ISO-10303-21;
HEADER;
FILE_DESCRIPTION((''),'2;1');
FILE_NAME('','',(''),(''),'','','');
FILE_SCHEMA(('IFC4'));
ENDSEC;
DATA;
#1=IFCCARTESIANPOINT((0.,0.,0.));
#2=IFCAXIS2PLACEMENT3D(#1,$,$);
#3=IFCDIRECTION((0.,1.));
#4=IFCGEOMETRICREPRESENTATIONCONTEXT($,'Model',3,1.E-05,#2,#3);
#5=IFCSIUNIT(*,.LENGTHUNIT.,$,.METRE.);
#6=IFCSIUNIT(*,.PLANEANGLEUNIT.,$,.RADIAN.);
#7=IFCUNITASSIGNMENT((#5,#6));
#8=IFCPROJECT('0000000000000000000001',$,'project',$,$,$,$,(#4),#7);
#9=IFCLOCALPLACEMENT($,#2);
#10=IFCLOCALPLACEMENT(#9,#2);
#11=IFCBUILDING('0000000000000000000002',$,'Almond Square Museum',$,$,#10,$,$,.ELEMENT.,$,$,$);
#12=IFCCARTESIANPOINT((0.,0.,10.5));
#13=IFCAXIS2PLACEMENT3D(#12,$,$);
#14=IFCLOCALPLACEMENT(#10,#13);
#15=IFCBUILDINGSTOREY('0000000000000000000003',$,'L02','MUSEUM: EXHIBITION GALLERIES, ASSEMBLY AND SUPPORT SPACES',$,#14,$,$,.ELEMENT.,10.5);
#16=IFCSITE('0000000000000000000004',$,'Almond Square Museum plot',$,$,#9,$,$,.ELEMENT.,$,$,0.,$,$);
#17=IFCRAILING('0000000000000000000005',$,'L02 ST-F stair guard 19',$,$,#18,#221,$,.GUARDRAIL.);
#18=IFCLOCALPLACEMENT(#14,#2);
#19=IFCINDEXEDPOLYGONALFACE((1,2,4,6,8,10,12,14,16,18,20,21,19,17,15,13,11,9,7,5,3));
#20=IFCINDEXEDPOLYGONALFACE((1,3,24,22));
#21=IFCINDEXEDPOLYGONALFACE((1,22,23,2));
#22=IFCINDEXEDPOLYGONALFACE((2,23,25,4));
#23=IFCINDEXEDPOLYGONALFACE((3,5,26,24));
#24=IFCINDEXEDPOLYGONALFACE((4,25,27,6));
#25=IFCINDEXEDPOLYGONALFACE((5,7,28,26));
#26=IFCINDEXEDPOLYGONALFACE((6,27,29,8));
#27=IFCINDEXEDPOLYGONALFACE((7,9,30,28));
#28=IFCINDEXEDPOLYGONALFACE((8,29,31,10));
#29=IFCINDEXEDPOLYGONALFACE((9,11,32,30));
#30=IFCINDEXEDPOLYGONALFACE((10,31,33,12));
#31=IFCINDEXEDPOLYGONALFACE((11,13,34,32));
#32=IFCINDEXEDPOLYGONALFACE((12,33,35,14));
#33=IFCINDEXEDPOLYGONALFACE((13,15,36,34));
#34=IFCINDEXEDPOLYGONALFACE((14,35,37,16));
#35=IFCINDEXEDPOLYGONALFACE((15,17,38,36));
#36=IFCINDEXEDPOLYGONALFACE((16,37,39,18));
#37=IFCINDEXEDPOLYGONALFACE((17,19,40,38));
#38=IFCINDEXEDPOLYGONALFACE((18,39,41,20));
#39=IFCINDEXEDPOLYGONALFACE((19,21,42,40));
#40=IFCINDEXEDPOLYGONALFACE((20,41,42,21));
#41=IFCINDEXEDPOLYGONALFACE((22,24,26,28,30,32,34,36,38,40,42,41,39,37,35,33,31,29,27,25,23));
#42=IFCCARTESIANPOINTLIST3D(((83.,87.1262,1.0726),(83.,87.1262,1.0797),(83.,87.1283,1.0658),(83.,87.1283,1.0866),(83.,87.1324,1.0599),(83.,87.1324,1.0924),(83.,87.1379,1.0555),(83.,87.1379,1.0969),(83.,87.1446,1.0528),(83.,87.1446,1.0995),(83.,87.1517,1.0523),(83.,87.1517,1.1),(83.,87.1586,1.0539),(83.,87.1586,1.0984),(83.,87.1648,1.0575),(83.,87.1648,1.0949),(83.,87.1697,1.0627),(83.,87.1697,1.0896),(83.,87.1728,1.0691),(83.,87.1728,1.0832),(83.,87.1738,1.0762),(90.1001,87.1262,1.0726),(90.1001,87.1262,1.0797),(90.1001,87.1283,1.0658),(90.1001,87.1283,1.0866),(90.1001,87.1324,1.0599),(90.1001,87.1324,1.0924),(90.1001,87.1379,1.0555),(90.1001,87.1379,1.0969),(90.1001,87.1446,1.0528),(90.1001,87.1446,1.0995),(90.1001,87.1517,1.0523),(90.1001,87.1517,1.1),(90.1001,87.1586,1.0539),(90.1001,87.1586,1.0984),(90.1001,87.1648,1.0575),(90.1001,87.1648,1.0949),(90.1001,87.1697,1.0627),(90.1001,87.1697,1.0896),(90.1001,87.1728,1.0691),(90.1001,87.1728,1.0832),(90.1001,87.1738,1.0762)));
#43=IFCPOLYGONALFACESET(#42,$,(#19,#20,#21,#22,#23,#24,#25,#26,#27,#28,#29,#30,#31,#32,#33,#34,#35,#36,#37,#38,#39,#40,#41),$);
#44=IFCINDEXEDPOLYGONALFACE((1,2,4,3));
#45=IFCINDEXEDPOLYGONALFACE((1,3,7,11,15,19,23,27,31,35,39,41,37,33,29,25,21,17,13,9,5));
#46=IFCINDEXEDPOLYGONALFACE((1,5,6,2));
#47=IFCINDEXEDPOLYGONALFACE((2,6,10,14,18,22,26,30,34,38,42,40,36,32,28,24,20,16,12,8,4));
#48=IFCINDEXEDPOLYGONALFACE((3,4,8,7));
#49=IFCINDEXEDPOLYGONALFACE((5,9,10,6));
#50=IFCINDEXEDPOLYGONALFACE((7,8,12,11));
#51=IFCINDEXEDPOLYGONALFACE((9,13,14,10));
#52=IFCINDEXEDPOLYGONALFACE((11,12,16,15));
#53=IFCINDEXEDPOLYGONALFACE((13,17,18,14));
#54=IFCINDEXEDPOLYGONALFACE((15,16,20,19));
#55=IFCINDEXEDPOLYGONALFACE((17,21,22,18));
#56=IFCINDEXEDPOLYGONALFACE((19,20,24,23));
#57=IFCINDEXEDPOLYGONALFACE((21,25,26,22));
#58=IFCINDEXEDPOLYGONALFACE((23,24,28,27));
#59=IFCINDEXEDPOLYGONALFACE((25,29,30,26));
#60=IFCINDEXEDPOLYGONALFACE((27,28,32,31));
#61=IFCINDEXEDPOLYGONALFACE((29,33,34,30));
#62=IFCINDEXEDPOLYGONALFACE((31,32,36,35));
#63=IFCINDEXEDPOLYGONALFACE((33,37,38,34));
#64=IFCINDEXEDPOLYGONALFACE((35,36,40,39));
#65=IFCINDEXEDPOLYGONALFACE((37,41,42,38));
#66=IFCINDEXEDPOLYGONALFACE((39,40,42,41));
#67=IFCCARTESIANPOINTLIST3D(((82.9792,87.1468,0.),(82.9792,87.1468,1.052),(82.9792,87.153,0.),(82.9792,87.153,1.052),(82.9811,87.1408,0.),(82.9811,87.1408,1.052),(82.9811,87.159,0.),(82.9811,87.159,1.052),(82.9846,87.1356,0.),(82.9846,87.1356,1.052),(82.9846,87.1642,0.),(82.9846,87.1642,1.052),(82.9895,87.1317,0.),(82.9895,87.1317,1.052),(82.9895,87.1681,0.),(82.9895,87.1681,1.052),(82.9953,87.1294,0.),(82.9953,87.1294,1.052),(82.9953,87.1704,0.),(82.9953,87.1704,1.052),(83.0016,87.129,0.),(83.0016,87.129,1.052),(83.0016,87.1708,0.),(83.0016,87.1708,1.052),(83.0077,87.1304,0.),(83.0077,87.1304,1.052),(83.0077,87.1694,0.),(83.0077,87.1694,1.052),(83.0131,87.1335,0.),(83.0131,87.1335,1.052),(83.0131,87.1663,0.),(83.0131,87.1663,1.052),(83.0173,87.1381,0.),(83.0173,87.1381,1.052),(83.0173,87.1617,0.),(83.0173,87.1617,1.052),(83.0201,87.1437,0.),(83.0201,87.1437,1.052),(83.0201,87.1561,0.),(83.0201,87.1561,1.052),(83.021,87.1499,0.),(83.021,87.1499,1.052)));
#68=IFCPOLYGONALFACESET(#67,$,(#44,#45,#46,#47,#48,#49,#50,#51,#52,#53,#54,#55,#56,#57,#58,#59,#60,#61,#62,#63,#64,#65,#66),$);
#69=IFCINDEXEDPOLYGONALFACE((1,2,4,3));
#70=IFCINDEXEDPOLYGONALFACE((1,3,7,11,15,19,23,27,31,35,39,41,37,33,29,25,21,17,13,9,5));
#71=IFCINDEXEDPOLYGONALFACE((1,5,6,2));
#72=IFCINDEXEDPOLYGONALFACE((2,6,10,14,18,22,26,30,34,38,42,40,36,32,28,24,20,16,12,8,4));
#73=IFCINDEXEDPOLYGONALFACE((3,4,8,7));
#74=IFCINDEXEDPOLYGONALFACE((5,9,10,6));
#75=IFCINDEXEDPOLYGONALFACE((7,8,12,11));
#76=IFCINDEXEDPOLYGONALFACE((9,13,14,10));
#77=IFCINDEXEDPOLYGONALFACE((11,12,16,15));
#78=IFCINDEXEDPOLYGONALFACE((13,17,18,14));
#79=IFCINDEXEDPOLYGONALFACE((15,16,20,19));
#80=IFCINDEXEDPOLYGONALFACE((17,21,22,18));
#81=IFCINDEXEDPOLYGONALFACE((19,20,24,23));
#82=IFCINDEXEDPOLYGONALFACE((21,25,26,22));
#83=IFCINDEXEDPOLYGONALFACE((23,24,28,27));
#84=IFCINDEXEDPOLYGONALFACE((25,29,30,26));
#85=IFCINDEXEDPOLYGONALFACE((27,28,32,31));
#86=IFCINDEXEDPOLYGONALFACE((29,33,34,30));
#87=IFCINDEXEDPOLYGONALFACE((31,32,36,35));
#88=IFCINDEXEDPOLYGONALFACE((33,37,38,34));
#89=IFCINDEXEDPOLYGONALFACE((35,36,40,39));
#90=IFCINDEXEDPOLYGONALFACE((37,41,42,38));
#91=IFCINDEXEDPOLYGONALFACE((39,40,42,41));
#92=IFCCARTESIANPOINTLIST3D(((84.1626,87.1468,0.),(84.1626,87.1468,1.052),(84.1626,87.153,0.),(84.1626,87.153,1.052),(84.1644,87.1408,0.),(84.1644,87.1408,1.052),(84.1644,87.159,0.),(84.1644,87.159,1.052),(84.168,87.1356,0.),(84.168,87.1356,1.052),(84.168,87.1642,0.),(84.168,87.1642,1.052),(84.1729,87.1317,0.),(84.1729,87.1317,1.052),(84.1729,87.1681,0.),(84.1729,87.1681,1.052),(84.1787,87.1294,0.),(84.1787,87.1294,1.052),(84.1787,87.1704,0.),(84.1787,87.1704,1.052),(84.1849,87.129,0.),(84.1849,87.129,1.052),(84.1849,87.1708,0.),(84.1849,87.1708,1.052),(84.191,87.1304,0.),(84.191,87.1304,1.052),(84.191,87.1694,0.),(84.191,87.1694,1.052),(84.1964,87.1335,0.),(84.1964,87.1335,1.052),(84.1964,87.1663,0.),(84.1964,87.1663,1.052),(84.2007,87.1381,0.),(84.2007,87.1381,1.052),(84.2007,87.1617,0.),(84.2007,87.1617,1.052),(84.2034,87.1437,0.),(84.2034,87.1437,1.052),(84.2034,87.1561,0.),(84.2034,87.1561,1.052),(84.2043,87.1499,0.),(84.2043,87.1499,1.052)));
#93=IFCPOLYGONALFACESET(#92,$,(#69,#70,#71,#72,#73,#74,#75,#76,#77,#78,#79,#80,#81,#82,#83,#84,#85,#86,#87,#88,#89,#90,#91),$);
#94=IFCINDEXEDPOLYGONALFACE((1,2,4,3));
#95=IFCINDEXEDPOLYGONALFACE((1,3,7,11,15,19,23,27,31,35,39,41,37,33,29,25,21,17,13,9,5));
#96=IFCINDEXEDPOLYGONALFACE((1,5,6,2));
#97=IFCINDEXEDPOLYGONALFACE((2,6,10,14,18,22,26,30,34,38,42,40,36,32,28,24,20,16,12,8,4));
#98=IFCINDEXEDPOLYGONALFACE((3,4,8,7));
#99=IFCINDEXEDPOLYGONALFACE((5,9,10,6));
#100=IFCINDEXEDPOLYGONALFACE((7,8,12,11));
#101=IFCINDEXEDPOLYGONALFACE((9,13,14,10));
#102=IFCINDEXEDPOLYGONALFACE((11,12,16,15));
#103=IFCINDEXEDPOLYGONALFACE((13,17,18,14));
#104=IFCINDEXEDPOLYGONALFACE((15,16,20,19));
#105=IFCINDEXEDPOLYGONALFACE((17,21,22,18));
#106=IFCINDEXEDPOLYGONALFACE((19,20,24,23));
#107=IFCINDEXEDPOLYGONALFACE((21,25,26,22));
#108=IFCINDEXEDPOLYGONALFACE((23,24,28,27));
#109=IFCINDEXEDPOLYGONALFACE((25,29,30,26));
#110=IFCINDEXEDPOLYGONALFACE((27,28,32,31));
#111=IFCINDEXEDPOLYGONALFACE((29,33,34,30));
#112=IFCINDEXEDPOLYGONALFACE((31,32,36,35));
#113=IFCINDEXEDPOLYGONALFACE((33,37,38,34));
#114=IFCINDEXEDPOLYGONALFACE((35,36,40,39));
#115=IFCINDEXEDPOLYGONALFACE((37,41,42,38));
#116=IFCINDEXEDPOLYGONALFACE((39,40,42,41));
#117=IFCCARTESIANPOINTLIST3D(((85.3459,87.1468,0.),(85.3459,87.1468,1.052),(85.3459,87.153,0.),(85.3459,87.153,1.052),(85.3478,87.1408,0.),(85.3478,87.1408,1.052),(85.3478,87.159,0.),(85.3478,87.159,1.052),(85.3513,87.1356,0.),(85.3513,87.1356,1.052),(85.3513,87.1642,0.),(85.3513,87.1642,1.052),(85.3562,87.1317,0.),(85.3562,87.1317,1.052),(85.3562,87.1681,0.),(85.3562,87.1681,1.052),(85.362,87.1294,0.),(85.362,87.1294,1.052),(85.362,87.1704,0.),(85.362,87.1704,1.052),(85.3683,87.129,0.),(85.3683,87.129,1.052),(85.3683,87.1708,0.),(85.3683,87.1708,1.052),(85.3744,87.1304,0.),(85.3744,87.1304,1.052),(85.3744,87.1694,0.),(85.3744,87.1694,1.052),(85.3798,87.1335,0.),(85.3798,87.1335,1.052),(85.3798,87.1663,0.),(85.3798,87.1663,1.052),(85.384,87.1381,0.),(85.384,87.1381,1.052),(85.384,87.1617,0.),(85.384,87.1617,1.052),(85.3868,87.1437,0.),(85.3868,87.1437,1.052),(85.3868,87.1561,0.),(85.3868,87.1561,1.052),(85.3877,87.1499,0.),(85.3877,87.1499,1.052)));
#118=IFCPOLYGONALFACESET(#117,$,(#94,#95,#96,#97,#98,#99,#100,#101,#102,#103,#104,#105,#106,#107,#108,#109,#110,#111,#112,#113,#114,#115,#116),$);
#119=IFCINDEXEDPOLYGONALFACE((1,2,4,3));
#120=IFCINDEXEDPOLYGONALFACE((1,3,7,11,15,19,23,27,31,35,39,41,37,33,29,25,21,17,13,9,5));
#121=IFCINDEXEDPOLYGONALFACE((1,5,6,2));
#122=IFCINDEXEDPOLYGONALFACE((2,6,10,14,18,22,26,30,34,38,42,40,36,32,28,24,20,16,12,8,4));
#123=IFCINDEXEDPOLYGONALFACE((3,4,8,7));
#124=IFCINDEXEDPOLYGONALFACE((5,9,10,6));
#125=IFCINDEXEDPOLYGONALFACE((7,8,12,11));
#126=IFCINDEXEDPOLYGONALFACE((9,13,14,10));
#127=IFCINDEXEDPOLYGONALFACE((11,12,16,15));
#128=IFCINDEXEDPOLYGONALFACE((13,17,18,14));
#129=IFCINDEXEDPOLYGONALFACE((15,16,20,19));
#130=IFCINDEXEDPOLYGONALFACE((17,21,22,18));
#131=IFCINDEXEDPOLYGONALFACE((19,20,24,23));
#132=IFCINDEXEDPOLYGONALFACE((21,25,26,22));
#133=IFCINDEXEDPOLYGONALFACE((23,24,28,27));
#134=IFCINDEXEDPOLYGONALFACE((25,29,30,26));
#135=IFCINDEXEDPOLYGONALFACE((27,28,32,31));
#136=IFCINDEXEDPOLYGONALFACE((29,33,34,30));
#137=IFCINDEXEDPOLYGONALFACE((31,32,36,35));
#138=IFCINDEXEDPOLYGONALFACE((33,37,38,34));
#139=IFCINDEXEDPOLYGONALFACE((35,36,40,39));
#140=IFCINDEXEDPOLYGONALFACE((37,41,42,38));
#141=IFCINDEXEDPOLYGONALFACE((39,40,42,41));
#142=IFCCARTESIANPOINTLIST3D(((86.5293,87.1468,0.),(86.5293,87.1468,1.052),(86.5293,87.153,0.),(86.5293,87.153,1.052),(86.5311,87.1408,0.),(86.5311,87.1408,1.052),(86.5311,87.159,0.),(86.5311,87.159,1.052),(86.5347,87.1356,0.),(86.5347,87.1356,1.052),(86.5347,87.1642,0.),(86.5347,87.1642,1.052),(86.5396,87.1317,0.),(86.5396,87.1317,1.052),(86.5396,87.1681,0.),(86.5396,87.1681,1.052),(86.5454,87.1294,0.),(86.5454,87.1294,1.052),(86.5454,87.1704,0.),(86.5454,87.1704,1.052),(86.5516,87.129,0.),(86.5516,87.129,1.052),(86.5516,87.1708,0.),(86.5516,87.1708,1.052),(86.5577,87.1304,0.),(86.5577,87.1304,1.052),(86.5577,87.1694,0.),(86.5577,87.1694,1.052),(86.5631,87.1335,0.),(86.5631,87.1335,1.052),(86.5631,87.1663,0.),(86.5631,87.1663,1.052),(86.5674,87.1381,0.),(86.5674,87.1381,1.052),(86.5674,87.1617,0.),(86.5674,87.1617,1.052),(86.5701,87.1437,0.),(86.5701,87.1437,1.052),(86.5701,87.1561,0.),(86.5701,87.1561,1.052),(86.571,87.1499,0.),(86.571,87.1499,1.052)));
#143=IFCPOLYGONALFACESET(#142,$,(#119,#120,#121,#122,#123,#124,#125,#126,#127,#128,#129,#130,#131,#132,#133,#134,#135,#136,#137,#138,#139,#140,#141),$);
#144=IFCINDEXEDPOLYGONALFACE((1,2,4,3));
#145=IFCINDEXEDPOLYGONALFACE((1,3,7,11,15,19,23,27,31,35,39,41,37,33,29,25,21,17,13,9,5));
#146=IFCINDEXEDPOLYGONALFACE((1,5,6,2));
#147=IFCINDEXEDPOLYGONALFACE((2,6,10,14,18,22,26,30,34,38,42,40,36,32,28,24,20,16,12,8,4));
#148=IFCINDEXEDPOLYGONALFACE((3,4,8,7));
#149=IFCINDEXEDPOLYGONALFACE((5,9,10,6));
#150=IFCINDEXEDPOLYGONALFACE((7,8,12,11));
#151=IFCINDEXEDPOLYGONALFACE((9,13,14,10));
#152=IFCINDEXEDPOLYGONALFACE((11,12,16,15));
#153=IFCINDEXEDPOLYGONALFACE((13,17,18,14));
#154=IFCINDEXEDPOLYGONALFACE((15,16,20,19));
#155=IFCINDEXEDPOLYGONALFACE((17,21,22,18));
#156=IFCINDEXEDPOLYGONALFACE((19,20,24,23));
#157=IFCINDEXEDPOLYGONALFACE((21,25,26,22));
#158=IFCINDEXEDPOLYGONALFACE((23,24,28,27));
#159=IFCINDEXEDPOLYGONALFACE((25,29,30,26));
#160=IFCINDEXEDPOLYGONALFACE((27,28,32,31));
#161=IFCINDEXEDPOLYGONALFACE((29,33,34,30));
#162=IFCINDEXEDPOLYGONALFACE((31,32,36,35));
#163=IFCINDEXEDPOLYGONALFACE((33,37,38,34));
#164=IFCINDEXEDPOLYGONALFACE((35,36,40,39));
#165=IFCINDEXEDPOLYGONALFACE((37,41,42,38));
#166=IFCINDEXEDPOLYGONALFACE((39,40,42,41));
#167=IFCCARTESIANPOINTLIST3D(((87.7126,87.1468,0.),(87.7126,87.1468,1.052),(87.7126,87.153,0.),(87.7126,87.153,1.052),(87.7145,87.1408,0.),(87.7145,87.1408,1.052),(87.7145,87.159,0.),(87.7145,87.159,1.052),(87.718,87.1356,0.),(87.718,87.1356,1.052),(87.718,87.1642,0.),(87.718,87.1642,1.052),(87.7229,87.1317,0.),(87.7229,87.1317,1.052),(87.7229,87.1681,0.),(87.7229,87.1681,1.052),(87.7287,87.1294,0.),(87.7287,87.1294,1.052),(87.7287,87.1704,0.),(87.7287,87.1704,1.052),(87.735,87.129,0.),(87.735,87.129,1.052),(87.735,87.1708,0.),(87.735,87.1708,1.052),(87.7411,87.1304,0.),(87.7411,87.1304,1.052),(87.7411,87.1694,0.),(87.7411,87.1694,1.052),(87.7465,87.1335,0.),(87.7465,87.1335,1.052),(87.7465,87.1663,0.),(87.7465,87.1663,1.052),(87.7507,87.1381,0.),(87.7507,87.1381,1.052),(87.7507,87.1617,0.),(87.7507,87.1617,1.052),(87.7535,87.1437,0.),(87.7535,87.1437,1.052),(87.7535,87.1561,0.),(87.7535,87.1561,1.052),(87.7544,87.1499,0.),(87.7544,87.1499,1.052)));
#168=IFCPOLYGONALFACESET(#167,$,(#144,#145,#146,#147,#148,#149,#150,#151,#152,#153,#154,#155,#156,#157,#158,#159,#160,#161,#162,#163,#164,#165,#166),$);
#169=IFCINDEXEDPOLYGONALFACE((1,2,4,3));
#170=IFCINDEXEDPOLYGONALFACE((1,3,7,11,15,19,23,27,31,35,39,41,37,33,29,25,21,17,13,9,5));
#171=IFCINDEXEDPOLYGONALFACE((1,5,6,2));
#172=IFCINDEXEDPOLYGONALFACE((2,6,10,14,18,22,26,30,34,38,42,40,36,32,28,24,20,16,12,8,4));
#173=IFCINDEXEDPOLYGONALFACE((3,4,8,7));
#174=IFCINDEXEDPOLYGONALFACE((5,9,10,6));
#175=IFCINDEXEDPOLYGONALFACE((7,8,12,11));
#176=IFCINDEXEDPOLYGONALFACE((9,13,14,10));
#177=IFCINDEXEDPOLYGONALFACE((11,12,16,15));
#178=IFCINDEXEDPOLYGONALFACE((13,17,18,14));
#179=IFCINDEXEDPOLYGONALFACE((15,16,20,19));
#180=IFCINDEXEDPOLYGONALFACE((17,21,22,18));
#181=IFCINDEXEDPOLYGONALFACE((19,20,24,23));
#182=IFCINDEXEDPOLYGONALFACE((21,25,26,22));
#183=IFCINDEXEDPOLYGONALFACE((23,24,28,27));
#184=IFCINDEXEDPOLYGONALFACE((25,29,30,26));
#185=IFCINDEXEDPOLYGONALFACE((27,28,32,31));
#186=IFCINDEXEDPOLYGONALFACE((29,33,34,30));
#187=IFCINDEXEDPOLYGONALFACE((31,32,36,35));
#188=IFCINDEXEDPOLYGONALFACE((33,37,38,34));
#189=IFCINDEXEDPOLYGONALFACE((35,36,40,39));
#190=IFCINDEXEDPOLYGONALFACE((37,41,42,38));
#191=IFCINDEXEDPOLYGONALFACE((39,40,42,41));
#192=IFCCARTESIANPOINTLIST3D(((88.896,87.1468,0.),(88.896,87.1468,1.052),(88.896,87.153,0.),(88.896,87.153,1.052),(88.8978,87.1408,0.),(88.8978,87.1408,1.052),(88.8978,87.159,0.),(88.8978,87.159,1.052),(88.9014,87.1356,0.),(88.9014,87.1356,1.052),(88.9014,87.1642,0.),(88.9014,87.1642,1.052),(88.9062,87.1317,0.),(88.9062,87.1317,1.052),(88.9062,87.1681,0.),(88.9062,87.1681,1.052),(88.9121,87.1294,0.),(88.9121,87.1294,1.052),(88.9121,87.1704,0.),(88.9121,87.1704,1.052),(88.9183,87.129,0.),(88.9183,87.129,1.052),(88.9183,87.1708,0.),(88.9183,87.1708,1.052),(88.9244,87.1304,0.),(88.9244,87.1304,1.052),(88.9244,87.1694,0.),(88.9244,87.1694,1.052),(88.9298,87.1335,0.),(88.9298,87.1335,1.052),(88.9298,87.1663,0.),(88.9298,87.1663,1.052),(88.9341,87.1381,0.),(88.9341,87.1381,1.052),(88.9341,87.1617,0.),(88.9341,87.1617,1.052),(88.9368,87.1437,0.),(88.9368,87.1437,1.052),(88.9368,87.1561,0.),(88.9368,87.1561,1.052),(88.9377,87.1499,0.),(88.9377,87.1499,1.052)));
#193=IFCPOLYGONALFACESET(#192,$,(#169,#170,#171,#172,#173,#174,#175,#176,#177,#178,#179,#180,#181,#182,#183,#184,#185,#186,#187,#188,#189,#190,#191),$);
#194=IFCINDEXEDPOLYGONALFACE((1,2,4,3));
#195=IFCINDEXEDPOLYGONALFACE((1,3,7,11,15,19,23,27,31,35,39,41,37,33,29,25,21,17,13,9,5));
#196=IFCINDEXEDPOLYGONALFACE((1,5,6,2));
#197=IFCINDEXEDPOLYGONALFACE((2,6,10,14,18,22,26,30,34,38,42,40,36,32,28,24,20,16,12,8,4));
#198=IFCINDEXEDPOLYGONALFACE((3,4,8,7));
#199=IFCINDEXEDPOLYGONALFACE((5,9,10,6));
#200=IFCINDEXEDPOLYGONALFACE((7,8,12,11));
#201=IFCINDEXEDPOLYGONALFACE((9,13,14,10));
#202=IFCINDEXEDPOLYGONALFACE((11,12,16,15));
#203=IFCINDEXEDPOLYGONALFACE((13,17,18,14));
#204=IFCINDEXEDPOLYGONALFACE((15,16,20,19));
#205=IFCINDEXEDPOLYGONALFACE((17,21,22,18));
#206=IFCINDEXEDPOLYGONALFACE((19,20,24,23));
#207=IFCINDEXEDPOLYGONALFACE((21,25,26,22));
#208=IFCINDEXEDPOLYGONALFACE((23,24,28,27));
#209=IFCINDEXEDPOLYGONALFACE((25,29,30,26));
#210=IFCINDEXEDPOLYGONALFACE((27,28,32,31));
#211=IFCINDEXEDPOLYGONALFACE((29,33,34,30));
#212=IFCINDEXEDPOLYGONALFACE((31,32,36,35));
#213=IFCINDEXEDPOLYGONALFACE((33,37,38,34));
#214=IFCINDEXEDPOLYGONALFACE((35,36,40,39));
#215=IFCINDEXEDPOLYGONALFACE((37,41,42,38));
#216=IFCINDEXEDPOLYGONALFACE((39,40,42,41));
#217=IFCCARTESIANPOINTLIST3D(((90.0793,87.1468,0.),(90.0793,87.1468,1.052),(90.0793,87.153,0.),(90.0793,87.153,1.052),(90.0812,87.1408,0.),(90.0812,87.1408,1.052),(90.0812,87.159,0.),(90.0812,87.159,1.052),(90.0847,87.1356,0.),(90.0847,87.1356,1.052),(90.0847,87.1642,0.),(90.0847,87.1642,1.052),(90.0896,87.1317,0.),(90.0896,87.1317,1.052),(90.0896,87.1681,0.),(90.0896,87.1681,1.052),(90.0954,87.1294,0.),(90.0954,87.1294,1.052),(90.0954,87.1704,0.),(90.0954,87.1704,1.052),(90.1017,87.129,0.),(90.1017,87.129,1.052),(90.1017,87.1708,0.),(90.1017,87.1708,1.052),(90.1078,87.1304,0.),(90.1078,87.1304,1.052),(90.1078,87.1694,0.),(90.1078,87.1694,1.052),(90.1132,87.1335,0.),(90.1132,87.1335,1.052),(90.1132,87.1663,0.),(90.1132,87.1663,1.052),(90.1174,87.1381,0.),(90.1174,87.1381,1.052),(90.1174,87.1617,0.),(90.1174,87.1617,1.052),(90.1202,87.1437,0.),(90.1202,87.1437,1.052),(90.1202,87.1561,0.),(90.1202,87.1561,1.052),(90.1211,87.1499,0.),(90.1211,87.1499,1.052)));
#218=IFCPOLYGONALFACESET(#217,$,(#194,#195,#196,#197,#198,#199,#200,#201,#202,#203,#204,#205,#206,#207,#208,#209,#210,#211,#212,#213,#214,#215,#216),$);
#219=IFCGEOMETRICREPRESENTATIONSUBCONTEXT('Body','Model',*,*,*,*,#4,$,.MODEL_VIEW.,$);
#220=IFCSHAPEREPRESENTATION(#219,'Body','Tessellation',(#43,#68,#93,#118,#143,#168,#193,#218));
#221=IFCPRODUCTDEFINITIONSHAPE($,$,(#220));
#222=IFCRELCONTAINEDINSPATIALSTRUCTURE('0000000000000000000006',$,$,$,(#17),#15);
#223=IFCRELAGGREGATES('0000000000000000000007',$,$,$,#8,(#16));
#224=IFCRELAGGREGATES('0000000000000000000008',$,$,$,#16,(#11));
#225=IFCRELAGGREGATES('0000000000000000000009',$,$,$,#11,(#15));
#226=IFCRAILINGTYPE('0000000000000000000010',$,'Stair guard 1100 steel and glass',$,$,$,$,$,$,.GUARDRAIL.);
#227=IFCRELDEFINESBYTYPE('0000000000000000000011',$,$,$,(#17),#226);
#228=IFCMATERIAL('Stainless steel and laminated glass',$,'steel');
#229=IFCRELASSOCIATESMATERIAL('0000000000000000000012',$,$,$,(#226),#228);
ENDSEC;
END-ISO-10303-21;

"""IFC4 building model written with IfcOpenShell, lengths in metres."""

from ifc_helpers import new_model, si_unit, direction, frame, origin, origin_2d, place, context, subcontext, project, spatial, circle, extrude, material, type_object, element, save


model = new_model("IFC4")

# Units and contexts
model_context = context("Model", 3, precision=1e-05, world=origin(), true_north=direction((0.0, 1.0)))
body_context = subcontext(model_context, "Body", "Model", "MODEL_VIEW")
ifc_project = project(units=[si_unit("LENGTHUNIT", "METRE"), si_unit("PLANEANGLEUNIT", "RADIAN")], contexts=[model_context])

# Site, building, storey
site_placement = place(None, origin())
site = spatial("IfcSite", under=ifc_project, at=site_placement, Name="Almond Square Museum plot", CompositionType="ELEMENT", RefElevation=0.0)
building_placement = place(site_placement, origin())
building = spatial("IfcBuilding", under=site, at=building_placement, Name="Almond Square Museum", CompositionType="ELEMENT")
storey_placement = place(building_placement, frame((0.0, 0.0, 10.5)))
storey = spatial("IfcBuildingStorey", under=building, at=storey_placement, Name="L02", Description="MUSEUM: EXHIBITION GALLERIES, ASSEMBLY AND SUPPORT SPACES", CompositionType="ELEMENT", Elevation=10.5)

# Railing
ifc_material_1 = material(Name="Stainless steel and laminated glass", Category="steel")
railing_type_1 = type_object("IfcRailingType", Name="Stair guard 1100 steel and glass", PredefinedType="GUARDRAIL", material=ifc_material_1)
railing_1_placement = place(storey_placement, frame((83.0, 87.1499, 0.0)))
element("IfcRailing", 1, at=railing_1_placement, inside=storey, type_object=railing_type_1, Name="L02 ST-F stair guard 19", PredefinedType="GUARDRAIL", context=body_context, shape_type="SweptSolid", body=[
    extrude(circle(Radius=0.0239, at=origin_2d()), frame((0.0, 0.0, 1.0762), z_axis=(1.0, 0.0, 0.0), x_axis=(0.0, 1.0, 0.0)), (0.0, 0.0, 1.0), 7.1001),
    extrude(circle(Radius=0.021, at=origin_2d()), origin(), (0.0, 0.0, 1.0), 1.052),
    extrude(circle(Radius=0.021, at=origin_2d()), frame((1.1833, 0.0, 0.0)), (0.0, 0.0, 1.0), 1.052),
    extrude(circle(Radius=0.021, at=origin_2d()), frame((2.3667, 0.0, 0.0)), (0.0, 0.0, 1.0), 1.052),
    extrude(circle(Radius=0.021, at=origin_2d()), frame((3.55, 0.0, 0.0)), (0.0, 0.0, 1.0), 1.052),
    extrude(circle(Radius=0.021, at=origin_2d()), frame((4.7334, 0.0, 0.0)), (0.0, 0.0, 1.0), 1.052),
    extrude(circle(Radius=0.021, at=origin_2d()), frame((5.9167, 0.0, 0.0)), (0.0, 0.0, 1.0), 1.052),
    extrude(circle(Radius=0.021, at=origin_2d()), frame((7.1001, 0.0, 0.0)), (0.0, 0.0, 1.0), 1.052),
])

save(model, "model.ifc")
